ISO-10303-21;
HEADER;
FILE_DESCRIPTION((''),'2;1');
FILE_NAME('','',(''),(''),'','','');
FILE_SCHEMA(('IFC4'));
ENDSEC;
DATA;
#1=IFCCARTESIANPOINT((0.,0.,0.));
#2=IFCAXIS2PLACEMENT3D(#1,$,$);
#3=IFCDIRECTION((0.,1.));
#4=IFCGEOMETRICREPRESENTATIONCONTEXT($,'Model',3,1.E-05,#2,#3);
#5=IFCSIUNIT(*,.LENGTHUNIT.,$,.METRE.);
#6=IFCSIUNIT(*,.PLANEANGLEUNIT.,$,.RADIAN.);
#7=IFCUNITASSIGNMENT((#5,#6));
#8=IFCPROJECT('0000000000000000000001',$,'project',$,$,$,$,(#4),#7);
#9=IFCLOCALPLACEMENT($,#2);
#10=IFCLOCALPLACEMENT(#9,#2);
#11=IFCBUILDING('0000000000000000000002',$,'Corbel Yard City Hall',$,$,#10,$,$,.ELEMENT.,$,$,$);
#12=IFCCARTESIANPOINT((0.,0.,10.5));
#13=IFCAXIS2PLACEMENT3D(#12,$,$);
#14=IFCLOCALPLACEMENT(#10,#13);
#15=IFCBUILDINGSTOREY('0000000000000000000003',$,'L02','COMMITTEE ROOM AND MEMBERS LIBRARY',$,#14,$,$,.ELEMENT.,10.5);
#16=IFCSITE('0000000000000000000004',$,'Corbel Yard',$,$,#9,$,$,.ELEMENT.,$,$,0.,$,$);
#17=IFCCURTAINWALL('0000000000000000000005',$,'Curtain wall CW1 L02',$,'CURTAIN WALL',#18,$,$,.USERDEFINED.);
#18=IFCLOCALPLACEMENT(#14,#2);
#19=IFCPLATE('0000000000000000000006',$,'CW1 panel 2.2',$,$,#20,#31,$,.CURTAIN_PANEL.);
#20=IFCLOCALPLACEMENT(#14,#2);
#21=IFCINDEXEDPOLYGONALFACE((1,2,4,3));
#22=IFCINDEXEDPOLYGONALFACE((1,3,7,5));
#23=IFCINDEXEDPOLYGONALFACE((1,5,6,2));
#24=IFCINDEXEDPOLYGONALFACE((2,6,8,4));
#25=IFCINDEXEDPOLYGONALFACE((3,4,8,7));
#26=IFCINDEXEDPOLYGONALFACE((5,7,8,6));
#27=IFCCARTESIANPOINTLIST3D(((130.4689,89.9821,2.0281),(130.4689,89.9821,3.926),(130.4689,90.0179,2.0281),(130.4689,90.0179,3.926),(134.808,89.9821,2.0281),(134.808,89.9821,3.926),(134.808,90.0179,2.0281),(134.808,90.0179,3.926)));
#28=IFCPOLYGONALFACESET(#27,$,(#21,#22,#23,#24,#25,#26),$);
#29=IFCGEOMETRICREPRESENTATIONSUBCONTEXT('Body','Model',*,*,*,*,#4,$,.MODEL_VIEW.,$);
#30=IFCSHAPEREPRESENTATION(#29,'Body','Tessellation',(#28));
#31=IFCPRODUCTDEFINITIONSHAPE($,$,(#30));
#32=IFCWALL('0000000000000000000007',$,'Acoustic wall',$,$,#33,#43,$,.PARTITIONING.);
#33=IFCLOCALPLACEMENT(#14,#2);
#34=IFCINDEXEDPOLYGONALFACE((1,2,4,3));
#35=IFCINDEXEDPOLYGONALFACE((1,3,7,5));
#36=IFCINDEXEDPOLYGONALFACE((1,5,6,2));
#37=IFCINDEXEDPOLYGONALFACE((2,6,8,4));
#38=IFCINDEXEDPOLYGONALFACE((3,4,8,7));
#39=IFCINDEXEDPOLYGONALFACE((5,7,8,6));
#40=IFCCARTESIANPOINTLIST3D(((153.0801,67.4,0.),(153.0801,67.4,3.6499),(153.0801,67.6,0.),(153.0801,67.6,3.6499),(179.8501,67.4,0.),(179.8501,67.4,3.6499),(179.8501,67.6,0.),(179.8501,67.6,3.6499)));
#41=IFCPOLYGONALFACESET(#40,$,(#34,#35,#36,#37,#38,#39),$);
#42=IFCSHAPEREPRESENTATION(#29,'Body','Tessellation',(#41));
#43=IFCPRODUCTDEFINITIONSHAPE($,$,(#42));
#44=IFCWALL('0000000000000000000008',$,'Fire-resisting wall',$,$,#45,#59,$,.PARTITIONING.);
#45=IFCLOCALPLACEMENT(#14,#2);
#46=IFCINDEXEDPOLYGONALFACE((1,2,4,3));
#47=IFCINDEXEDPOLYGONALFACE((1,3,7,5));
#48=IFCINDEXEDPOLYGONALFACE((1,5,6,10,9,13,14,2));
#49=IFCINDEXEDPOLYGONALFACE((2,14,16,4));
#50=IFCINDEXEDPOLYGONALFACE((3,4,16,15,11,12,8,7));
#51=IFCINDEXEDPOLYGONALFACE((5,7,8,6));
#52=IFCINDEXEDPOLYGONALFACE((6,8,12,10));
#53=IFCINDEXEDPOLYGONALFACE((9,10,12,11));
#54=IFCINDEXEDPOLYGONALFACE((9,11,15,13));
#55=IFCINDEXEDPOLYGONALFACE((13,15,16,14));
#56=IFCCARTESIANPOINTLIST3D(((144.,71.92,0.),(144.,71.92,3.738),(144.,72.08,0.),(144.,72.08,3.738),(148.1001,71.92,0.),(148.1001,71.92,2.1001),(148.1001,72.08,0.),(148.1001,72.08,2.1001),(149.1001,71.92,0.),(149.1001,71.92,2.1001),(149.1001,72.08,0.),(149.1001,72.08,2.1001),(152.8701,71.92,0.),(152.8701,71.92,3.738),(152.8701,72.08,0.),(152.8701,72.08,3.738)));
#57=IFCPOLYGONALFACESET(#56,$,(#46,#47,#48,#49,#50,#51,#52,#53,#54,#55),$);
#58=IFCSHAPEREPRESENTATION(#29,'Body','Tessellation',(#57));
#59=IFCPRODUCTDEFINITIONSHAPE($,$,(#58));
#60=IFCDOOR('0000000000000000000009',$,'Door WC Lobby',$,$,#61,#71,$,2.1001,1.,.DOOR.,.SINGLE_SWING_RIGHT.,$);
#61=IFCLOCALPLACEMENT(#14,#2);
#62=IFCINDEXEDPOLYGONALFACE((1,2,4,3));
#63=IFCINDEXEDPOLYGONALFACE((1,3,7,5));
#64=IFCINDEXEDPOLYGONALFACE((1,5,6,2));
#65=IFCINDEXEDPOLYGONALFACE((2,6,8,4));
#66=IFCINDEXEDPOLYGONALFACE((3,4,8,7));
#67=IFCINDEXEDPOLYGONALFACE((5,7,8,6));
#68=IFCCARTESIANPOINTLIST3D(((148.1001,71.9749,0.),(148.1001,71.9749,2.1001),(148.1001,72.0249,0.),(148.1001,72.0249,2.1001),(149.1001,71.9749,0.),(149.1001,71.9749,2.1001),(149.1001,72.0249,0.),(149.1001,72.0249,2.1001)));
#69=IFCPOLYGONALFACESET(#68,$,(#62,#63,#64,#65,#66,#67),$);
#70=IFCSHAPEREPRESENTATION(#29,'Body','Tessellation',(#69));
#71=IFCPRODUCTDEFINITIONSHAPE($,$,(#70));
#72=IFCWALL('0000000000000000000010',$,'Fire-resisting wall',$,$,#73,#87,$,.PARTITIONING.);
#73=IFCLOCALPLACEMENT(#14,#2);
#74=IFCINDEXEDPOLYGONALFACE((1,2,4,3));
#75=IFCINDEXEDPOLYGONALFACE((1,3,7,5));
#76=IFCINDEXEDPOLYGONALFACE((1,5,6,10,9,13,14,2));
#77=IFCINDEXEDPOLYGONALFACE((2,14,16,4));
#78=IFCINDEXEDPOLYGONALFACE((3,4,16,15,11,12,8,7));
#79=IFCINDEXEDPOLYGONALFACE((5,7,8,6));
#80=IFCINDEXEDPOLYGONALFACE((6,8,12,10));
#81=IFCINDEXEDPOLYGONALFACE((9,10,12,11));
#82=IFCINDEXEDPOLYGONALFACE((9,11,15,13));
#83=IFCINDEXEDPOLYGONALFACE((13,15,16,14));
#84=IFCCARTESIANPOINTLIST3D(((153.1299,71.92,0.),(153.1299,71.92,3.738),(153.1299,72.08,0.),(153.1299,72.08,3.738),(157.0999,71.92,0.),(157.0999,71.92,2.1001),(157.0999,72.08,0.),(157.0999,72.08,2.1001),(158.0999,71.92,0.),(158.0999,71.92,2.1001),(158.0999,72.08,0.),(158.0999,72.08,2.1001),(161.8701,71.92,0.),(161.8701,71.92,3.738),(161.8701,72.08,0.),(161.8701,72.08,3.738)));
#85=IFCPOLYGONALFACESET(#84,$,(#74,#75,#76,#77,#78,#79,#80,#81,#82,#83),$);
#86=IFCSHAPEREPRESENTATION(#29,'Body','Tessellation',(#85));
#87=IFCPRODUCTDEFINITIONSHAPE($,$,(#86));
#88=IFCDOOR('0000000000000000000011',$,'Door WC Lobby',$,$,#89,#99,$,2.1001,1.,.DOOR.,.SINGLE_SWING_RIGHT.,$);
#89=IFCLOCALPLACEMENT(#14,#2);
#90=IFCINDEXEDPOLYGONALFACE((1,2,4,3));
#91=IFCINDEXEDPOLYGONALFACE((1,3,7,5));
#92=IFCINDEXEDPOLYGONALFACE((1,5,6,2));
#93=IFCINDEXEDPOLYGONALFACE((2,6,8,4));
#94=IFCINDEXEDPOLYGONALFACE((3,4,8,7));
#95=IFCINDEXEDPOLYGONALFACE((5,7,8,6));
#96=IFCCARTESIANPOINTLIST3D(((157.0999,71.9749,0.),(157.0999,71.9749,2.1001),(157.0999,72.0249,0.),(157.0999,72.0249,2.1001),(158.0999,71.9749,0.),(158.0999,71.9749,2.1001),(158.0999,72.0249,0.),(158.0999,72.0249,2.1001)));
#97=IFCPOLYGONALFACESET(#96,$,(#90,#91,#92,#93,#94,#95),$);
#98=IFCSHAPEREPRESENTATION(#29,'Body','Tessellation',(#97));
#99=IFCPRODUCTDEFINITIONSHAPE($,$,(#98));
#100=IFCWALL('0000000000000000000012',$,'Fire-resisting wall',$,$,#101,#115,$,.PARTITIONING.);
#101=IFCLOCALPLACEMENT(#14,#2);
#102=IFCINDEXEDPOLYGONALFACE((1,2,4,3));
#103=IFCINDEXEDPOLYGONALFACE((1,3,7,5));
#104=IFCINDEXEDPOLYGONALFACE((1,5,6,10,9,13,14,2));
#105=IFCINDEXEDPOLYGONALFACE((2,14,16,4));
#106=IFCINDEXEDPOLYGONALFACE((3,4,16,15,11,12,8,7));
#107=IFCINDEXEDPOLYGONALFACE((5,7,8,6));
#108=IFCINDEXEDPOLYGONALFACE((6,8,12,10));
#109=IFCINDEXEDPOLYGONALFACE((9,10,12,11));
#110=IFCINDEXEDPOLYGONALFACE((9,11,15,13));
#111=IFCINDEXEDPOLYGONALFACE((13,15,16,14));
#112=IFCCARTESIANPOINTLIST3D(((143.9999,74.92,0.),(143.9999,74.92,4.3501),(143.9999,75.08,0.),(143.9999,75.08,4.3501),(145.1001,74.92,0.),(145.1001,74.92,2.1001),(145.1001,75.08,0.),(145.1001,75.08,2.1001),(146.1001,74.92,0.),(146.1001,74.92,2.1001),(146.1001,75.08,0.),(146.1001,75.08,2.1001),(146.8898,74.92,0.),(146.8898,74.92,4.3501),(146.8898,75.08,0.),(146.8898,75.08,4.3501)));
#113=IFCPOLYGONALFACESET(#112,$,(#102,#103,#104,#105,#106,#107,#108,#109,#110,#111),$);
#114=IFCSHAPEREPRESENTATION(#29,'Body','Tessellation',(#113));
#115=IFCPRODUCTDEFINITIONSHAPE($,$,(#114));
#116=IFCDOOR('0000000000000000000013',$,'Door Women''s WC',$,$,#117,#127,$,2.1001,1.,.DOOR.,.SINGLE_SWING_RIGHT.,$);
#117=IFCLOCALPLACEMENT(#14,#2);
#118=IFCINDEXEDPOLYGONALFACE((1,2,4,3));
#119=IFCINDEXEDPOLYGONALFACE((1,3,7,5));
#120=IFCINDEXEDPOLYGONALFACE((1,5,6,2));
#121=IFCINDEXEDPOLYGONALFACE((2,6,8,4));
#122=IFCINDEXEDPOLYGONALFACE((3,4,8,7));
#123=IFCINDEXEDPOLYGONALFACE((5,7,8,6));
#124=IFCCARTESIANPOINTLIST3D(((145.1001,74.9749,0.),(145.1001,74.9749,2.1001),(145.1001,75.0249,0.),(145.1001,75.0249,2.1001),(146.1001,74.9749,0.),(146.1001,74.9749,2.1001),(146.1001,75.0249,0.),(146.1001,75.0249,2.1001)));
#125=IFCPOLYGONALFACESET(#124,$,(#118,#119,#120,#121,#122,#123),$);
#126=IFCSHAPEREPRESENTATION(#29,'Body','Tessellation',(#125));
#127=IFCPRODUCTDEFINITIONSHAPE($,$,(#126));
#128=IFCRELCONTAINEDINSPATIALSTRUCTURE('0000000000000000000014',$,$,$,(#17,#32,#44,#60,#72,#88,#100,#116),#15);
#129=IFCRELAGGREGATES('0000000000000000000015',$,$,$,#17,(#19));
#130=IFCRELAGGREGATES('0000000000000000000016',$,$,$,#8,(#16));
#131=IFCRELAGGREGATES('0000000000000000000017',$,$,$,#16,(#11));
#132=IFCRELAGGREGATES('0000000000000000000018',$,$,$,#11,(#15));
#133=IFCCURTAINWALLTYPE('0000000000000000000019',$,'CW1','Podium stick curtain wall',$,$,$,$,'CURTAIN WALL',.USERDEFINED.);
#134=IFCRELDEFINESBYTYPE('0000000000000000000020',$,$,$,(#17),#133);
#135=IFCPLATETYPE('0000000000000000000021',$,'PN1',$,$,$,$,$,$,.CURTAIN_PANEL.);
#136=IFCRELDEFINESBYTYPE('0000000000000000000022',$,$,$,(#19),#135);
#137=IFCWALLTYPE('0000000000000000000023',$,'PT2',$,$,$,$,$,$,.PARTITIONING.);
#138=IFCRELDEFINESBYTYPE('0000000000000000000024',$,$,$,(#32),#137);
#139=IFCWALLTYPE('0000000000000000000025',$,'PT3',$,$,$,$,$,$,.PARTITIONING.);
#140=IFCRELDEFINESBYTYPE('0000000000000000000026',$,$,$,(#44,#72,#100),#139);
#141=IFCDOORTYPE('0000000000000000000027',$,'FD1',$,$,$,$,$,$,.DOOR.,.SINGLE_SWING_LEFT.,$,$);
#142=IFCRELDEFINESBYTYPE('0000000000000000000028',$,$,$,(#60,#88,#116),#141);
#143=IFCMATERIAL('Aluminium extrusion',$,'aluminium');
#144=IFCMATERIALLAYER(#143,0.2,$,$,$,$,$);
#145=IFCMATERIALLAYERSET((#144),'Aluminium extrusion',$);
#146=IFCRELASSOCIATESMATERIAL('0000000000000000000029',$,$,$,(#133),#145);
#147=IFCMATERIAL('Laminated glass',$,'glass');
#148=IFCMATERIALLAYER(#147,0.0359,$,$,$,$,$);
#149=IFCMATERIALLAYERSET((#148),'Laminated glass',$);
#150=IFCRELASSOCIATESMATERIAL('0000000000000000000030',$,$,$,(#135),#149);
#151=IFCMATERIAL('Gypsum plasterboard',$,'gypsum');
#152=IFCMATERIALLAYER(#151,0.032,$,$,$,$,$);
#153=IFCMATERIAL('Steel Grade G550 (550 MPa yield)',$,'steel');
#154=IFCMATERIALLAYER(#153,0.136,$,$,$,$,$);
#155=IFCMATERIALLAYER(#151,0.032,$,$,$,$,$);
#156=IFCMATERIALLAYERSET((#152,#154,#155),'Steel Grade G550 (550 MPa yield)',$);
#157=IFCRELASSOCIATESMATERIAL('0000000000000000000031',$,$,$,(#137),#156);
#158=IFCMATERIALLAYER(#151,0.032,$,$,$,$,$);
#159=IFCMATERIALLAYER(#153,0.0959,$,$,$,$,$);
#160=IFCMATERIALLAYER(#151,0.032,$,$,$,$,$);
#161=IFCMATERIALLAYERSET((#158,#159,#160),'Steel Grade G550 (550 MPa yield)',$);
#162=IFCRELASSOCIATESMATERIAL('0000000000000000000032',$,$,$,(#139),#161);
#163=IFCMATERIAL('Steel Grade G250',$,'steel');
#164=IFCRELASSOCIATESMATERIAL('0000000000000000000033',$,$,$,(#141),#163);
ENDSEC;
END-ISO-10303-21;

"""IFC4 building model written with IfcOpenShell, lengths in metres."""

from ifc_helpers import new_model, si_unit, direction, frame, frame_2d, origin, origin_2d, place, context, subcontext, project, spatial, rectangle, extrude, material, layer, layer_set, type_object, element, fill, aggregate, save


model = new_model("IFC4")

# Units and contexts
model_context = context("Model", 3, precision=1e-05, world=origin(), true_north=direction((0.0, 1.0)))
body_context = subcontext(model_context, "Body", "Model", "MODEL_VIEW")
ifc_project = project(units=[si_unit("LENGTHUNIT", "METRE"), si_unit("PLANEANGLEUNIT", "RADIAN")], contexts=[model_context])

# Site, building, storey
site_placement = place(None, origin())
site = spatial("IfcSite", under=ifc_project, at=site_placement, Name="Corbel Yard", CompositionType="ELEMENT", RefElevation=0.0)
building_placement = place(site_placement, origin())
building = spatial("IfcBuilding", under=site, at=building_placement, Name="Corbel Yard City Hall", CompositionType="ELEMENT")
storey_placement = place(building_placement, frame((0.0, 0.0, 10.5)))
storey = spatial("IfcBuildingStorey", under=building, at=storey_placement, Name="L02", Description="COMMITTEE ROOM AND MEMBERS LIBRARY", CompositionType="ELEMENT", Elevation=10.5)

# Curtain wall, plate
ifc_material_1 = material(Name="Aluminium extrusion", Category="aluminium")
ifc_layer_1 = layer(ifc_material_1, 0.2)
ifc_layer_set_1 = layer_set([ifc_layer_1], Name="Aluminium extrusion")
curtain_wall_type = type_object("IfcCurtainWallType", Name="CW1", Description="Podium stick curtain wall", ElementType="CURTAIN WALL", PredefinedType="USERDEFINED", material=ifc_layer_set_1)
curtain_wall_placement = place(storey_placement, origin())
curtain_wall = element("IfcCurtainWall", 1, at=curtain_wall_placement, inside=storey, type_object=curtain_wall_type, Name="Curtain wall CW1 L02", ObjectType="CURTAIN WALL", PredefinedType="USERDEFINED")
ifc_material_2 = material(Name="Laminated glass", Category="glass")
ifc_layer_2 = layer(ifc_material_2, 0.0359)
ifc_layer_set_2 = layer_set([ifc_layer_2], Name="Laminated glass")
plate_type = type_object("IfcPlateType", Name="PN1", PredefinedType="CURTAIN_PANEL", material=ifc_layer_set_2)
plate_1_placement = place(storey_placement, frame((132.6384, 90.0, 2.0281), z_axis=(0.0, 0.0, 1.0), x_axis=(1.0, 0.0, 0.0)))
plate_1 = element("IfcPlate", 2, at=plate_1_placement, type_object=plate_type, Name="CW1 panel 2.2", PredefinedType="CURTAIN_PANEL", context=body_context, shape_type="SweptSolid", body=[
    extrude(rectangle(XDim=4.3391, YDim=0.0359, at=origin_2d()), origin(), (0.0, 0.0, 1.0), 1.8979),
])
aggregate(curtain_wall, [plate_1])

# Wall
ifc_material_3 = material(Name="Gypsum plasterboard", Category="gypsum")
ifc_layer_3 = layer(ifc_material_3, 0.032)
ifc_material_4 = material(Name="Steel Grade G550 (550 MPa yield)", Category="steel")
ifc_layer_4 = layer(ifc_material_4, 0.136)
ifc_layer_5 = layer(ifc_material_3, 0.032)
ifc_layer_set_3 = layer_set([ifc_layer_3, ifc_layer_4, ifc_layer_5], Name="Steel Grade G550 (550 MPa yield)")
wall_type_1 = type_object("IfcWallType", Name="PT2", PredefinedType="PARTITIONING", material=ifc_layer_set_3)
wall_1_placement = place(storey_placement, frame((153.0801, 67.5, 0.0), z_axis=(0.0, 0.0, 1.0), x_axis=(1.0, 0.0, 0.0)))
element("IfcWall", 3, at=wall_1_placement, inside=storey, type_object=wall_type_1, Name="Acoustic wall", PredefinedType="PARTITIONING", context=body_context, shape_type="SweptSolid", body=[
    extrude(rectangle(XDim=26.77, YDim=0.2, at=frame_2d((13.385, 0.0))), origin(), (0.0, 0.0, 1.0), 3.6499),
])

# Walls, openings, doors
ifc_layer_6 = layer(ifc_material_3, 0.032)
ifc_layer_7 = layer(ifc_material_4, 0.0959)
ifc_layer_8 = layer(ifc_material_3, 0.032)
ifc_layer_set_4 = layer_set([ifc_layer_6, ifc_layer_7, ifc_layer_8], Name="Steel Grade G550 (550 MPa yield)")
wall_type_2 = type_object("IfcWallType", Name="PT3", PredefinedType="PARTITIONING", material=ifc_layer_set_4)
wall_2_placement = place(storey_placement, frame((144.0, 72.0, 0.0), z_axis=(0.0, 0.0, 1.0), x_axis=(1.0, 0.0, 0.0)))
wall_2 = element("IfcWall", 4, at=wall_2_placement, inside=storey, type_object=wall_type_2, Name="Fire-resisting wall", PredefinedType="PARTITIONING", context=body_context, shape_type="SweptSolid", body=[
    extrude(rectangle(XDim=8.8701, YDim=0.1599, at=frame_2d((4.4351, 0.0))), origin(), (0.0, 0.0, 1.0), 3.738),
])
opening_1_placement = place(wall_2_placement, frame((4.1001, 0.0, 0.0)))
opening_1 = element("IfcOpeningElement", 5, at=opening_1_placement, cuts=wall_2, PredefinedType="OPENING", context=body_context, shape_type="SweptSolid", body=[
    extrude(rectangle(XDim=1.0, YDim=2.1001, at=frame_2d((0.5, 1.05))), frame((0.0, 0.0898, 0.0), z_axis=(0.0, -1.0, 0.0), x_axis=(1.0, 0.0, 0.0)), (0.0, 0.0, 1.0), 0.1799),
])
ifc_material_5 = material(Name="Steel Grade G250", Category="steel")
door_type_1 = type_object("IfcDoorType", Name="FD1", OperationType="SINGLE_SWING_LEFT", PredefinedType="DOOR", material=ifc_material_5)
door_1_placement = place(opening_1_placement, origin())
door_1 = element("IfcDoor", 6, at=door_1_placement, inside=storey, type_object=door_type_1, Name="Door WC Lobby", OperationType="SINGLE_SWING_RIGHT", OverallHeight=2.1001, OverallWidth=1.0, PredefinedType="DOOR", context=body_context, shape_type="SweptSolid", body=[
    extrude(rectangle(XDim=1.0, YDim=2.1001, at=frame_2d((0.5, 1.05))), frame((0.0, 0.0249, 0.0), z_axis=(0.0, -1.0, 0.0), x_axis=(1.0, 0.0, 0.0)), (0.0, 0.0, 1.0), 0.05),
])
fill(opening_1, door_1)
wall_3_placement = place(storey_placement, frame((153.1299, 72.0, 0.0), z_axis=(0.0, 0.0, 1.0), x_axis=(1.0, 0.0, 0.0)))
wall_3 = element("IfcWall", 7, at=wall_3_placement, inside=storey, type_object=wall_type_2, Name="Fire-resisting wall", PredefinedType="PARTITIONING", context=body_context, shape_type="SweptSolid", body=[
    extrude(rectangle(XDim=8.7402, YDim=0.1599, at=frame_2d((4.3701, 0.0))), origin(), (0.0, 0.0, 1.0), 3.738),
])
opening_2_placement = place(wall_3_placement, frame((3.97, 0.0, 0.0)))
opening_2 = element("IfcOpeningElement", 8, at=opening_2_placement, cuts=wall_3, PredefinedType="OPENING", context=body_context, shape_type="SweptSolid", body=[
    extrude(rectangle(XDim=1.0, YDim=2.1001, at=frame_2d((0.5, 1.05))), frame((0.0, 0.0898, 0.0), z_axis=(0.0, -1.0, 0.0), x_axis=(1.0, 0.0, 0.0)), (0.0, 0.0, 1.0), 0.1799),
])
door_2_placement = place(opening_2_placement, origin())
door_2 = element("IfcDoor", 9, at=door_2_placement, inside=storey, type_object=door_type_1, Name="Door WC Lobby", OperationType="SINGLE_SWING_RIGHT", OverallHeight=2.1001, OverallWidth=1.0, PredefinedType="DOOR", context=body_context, shape_type="SweptSolid", body=[
    extrude(rectangle(XDim=1.0, YDim=2.1001, at=frame_2d((0.5, 1.05))), frame((0.0, 0.0249, 0.0), z_axis=(0.0, -1.0, 0.0), x_axis=(1.0, 0.0, 0.0)), (0.0, 0.0, 1.0), 0.05),
])
fill(opening_2, door_2)
wall_4_placement = place(storey_placement, frame((144.0, 75.0, 0.0), z_axis=(0.0, 0.0, 1.0), x_axis=(1.0, 0.0, 0.0)))
wall_4 = element("IfcWall", 10, at=wall_4_placement, inside=storey, type_object=wall_type_2, Name="Fire-resisting wall", PredefinedType="PARTITIONING", context=body_context, shape_type="SweptSolid", body=[
    extrude(rectangle(XDim=2.8899, YDim=0.1599, at=frame_2d((1.4448, 0.0))), origin(), (0.0, 0.0, 1.0), 4.3501),
])
opening_3_placement = place(wall_4_placement, frame((1.1001, 0.0, 0.0)))
opening_3 = element("IfcOpeningElement", 11, at=opening_3_placement, cuts=wall_4, PredefinedType="OPENING", context=body_context, shape_type="SweptSolid", body=[
    extrude(rectangle(XDim=1.0, YDim=2.1001, at=frame_2d((0.5, 1.05))), frame((0.0, 0.0898, 0.0), z_axis=(0.0, -1.0, 0.0), x_axis=(1.0, 0.0, 0.0)), (0.0, 0.0, 1.0), 0.1799),
])
door_3_placement = place(opening_3_placement, origin())
door_3 = element("IfcDoor", 12, at=door_3_placement, inside=storey, type_object=door_type_1, Name="Door Women's WC", OperationType="SINGLE_SWING_RIGHT", OverallHeight=2.1001, OverallWidth=1.0, PredefinedType="DOOR", context=body_context, shape_type="SweptSolid", body=[
    extrude(rectangle(XDim=1.0, YDim=2.1001, at=frame_2d((0.5, 1.05))), frame((0.0, 0.0249, 0.0), z_axis=(0.0, -1.0, 0.0), x_axis=(1.0, 0.0, 0.0)), (0.0, 0.0, 1.0), 0.05),
])
fill(opening_3, door_3)

save(model, "model.ifc")
